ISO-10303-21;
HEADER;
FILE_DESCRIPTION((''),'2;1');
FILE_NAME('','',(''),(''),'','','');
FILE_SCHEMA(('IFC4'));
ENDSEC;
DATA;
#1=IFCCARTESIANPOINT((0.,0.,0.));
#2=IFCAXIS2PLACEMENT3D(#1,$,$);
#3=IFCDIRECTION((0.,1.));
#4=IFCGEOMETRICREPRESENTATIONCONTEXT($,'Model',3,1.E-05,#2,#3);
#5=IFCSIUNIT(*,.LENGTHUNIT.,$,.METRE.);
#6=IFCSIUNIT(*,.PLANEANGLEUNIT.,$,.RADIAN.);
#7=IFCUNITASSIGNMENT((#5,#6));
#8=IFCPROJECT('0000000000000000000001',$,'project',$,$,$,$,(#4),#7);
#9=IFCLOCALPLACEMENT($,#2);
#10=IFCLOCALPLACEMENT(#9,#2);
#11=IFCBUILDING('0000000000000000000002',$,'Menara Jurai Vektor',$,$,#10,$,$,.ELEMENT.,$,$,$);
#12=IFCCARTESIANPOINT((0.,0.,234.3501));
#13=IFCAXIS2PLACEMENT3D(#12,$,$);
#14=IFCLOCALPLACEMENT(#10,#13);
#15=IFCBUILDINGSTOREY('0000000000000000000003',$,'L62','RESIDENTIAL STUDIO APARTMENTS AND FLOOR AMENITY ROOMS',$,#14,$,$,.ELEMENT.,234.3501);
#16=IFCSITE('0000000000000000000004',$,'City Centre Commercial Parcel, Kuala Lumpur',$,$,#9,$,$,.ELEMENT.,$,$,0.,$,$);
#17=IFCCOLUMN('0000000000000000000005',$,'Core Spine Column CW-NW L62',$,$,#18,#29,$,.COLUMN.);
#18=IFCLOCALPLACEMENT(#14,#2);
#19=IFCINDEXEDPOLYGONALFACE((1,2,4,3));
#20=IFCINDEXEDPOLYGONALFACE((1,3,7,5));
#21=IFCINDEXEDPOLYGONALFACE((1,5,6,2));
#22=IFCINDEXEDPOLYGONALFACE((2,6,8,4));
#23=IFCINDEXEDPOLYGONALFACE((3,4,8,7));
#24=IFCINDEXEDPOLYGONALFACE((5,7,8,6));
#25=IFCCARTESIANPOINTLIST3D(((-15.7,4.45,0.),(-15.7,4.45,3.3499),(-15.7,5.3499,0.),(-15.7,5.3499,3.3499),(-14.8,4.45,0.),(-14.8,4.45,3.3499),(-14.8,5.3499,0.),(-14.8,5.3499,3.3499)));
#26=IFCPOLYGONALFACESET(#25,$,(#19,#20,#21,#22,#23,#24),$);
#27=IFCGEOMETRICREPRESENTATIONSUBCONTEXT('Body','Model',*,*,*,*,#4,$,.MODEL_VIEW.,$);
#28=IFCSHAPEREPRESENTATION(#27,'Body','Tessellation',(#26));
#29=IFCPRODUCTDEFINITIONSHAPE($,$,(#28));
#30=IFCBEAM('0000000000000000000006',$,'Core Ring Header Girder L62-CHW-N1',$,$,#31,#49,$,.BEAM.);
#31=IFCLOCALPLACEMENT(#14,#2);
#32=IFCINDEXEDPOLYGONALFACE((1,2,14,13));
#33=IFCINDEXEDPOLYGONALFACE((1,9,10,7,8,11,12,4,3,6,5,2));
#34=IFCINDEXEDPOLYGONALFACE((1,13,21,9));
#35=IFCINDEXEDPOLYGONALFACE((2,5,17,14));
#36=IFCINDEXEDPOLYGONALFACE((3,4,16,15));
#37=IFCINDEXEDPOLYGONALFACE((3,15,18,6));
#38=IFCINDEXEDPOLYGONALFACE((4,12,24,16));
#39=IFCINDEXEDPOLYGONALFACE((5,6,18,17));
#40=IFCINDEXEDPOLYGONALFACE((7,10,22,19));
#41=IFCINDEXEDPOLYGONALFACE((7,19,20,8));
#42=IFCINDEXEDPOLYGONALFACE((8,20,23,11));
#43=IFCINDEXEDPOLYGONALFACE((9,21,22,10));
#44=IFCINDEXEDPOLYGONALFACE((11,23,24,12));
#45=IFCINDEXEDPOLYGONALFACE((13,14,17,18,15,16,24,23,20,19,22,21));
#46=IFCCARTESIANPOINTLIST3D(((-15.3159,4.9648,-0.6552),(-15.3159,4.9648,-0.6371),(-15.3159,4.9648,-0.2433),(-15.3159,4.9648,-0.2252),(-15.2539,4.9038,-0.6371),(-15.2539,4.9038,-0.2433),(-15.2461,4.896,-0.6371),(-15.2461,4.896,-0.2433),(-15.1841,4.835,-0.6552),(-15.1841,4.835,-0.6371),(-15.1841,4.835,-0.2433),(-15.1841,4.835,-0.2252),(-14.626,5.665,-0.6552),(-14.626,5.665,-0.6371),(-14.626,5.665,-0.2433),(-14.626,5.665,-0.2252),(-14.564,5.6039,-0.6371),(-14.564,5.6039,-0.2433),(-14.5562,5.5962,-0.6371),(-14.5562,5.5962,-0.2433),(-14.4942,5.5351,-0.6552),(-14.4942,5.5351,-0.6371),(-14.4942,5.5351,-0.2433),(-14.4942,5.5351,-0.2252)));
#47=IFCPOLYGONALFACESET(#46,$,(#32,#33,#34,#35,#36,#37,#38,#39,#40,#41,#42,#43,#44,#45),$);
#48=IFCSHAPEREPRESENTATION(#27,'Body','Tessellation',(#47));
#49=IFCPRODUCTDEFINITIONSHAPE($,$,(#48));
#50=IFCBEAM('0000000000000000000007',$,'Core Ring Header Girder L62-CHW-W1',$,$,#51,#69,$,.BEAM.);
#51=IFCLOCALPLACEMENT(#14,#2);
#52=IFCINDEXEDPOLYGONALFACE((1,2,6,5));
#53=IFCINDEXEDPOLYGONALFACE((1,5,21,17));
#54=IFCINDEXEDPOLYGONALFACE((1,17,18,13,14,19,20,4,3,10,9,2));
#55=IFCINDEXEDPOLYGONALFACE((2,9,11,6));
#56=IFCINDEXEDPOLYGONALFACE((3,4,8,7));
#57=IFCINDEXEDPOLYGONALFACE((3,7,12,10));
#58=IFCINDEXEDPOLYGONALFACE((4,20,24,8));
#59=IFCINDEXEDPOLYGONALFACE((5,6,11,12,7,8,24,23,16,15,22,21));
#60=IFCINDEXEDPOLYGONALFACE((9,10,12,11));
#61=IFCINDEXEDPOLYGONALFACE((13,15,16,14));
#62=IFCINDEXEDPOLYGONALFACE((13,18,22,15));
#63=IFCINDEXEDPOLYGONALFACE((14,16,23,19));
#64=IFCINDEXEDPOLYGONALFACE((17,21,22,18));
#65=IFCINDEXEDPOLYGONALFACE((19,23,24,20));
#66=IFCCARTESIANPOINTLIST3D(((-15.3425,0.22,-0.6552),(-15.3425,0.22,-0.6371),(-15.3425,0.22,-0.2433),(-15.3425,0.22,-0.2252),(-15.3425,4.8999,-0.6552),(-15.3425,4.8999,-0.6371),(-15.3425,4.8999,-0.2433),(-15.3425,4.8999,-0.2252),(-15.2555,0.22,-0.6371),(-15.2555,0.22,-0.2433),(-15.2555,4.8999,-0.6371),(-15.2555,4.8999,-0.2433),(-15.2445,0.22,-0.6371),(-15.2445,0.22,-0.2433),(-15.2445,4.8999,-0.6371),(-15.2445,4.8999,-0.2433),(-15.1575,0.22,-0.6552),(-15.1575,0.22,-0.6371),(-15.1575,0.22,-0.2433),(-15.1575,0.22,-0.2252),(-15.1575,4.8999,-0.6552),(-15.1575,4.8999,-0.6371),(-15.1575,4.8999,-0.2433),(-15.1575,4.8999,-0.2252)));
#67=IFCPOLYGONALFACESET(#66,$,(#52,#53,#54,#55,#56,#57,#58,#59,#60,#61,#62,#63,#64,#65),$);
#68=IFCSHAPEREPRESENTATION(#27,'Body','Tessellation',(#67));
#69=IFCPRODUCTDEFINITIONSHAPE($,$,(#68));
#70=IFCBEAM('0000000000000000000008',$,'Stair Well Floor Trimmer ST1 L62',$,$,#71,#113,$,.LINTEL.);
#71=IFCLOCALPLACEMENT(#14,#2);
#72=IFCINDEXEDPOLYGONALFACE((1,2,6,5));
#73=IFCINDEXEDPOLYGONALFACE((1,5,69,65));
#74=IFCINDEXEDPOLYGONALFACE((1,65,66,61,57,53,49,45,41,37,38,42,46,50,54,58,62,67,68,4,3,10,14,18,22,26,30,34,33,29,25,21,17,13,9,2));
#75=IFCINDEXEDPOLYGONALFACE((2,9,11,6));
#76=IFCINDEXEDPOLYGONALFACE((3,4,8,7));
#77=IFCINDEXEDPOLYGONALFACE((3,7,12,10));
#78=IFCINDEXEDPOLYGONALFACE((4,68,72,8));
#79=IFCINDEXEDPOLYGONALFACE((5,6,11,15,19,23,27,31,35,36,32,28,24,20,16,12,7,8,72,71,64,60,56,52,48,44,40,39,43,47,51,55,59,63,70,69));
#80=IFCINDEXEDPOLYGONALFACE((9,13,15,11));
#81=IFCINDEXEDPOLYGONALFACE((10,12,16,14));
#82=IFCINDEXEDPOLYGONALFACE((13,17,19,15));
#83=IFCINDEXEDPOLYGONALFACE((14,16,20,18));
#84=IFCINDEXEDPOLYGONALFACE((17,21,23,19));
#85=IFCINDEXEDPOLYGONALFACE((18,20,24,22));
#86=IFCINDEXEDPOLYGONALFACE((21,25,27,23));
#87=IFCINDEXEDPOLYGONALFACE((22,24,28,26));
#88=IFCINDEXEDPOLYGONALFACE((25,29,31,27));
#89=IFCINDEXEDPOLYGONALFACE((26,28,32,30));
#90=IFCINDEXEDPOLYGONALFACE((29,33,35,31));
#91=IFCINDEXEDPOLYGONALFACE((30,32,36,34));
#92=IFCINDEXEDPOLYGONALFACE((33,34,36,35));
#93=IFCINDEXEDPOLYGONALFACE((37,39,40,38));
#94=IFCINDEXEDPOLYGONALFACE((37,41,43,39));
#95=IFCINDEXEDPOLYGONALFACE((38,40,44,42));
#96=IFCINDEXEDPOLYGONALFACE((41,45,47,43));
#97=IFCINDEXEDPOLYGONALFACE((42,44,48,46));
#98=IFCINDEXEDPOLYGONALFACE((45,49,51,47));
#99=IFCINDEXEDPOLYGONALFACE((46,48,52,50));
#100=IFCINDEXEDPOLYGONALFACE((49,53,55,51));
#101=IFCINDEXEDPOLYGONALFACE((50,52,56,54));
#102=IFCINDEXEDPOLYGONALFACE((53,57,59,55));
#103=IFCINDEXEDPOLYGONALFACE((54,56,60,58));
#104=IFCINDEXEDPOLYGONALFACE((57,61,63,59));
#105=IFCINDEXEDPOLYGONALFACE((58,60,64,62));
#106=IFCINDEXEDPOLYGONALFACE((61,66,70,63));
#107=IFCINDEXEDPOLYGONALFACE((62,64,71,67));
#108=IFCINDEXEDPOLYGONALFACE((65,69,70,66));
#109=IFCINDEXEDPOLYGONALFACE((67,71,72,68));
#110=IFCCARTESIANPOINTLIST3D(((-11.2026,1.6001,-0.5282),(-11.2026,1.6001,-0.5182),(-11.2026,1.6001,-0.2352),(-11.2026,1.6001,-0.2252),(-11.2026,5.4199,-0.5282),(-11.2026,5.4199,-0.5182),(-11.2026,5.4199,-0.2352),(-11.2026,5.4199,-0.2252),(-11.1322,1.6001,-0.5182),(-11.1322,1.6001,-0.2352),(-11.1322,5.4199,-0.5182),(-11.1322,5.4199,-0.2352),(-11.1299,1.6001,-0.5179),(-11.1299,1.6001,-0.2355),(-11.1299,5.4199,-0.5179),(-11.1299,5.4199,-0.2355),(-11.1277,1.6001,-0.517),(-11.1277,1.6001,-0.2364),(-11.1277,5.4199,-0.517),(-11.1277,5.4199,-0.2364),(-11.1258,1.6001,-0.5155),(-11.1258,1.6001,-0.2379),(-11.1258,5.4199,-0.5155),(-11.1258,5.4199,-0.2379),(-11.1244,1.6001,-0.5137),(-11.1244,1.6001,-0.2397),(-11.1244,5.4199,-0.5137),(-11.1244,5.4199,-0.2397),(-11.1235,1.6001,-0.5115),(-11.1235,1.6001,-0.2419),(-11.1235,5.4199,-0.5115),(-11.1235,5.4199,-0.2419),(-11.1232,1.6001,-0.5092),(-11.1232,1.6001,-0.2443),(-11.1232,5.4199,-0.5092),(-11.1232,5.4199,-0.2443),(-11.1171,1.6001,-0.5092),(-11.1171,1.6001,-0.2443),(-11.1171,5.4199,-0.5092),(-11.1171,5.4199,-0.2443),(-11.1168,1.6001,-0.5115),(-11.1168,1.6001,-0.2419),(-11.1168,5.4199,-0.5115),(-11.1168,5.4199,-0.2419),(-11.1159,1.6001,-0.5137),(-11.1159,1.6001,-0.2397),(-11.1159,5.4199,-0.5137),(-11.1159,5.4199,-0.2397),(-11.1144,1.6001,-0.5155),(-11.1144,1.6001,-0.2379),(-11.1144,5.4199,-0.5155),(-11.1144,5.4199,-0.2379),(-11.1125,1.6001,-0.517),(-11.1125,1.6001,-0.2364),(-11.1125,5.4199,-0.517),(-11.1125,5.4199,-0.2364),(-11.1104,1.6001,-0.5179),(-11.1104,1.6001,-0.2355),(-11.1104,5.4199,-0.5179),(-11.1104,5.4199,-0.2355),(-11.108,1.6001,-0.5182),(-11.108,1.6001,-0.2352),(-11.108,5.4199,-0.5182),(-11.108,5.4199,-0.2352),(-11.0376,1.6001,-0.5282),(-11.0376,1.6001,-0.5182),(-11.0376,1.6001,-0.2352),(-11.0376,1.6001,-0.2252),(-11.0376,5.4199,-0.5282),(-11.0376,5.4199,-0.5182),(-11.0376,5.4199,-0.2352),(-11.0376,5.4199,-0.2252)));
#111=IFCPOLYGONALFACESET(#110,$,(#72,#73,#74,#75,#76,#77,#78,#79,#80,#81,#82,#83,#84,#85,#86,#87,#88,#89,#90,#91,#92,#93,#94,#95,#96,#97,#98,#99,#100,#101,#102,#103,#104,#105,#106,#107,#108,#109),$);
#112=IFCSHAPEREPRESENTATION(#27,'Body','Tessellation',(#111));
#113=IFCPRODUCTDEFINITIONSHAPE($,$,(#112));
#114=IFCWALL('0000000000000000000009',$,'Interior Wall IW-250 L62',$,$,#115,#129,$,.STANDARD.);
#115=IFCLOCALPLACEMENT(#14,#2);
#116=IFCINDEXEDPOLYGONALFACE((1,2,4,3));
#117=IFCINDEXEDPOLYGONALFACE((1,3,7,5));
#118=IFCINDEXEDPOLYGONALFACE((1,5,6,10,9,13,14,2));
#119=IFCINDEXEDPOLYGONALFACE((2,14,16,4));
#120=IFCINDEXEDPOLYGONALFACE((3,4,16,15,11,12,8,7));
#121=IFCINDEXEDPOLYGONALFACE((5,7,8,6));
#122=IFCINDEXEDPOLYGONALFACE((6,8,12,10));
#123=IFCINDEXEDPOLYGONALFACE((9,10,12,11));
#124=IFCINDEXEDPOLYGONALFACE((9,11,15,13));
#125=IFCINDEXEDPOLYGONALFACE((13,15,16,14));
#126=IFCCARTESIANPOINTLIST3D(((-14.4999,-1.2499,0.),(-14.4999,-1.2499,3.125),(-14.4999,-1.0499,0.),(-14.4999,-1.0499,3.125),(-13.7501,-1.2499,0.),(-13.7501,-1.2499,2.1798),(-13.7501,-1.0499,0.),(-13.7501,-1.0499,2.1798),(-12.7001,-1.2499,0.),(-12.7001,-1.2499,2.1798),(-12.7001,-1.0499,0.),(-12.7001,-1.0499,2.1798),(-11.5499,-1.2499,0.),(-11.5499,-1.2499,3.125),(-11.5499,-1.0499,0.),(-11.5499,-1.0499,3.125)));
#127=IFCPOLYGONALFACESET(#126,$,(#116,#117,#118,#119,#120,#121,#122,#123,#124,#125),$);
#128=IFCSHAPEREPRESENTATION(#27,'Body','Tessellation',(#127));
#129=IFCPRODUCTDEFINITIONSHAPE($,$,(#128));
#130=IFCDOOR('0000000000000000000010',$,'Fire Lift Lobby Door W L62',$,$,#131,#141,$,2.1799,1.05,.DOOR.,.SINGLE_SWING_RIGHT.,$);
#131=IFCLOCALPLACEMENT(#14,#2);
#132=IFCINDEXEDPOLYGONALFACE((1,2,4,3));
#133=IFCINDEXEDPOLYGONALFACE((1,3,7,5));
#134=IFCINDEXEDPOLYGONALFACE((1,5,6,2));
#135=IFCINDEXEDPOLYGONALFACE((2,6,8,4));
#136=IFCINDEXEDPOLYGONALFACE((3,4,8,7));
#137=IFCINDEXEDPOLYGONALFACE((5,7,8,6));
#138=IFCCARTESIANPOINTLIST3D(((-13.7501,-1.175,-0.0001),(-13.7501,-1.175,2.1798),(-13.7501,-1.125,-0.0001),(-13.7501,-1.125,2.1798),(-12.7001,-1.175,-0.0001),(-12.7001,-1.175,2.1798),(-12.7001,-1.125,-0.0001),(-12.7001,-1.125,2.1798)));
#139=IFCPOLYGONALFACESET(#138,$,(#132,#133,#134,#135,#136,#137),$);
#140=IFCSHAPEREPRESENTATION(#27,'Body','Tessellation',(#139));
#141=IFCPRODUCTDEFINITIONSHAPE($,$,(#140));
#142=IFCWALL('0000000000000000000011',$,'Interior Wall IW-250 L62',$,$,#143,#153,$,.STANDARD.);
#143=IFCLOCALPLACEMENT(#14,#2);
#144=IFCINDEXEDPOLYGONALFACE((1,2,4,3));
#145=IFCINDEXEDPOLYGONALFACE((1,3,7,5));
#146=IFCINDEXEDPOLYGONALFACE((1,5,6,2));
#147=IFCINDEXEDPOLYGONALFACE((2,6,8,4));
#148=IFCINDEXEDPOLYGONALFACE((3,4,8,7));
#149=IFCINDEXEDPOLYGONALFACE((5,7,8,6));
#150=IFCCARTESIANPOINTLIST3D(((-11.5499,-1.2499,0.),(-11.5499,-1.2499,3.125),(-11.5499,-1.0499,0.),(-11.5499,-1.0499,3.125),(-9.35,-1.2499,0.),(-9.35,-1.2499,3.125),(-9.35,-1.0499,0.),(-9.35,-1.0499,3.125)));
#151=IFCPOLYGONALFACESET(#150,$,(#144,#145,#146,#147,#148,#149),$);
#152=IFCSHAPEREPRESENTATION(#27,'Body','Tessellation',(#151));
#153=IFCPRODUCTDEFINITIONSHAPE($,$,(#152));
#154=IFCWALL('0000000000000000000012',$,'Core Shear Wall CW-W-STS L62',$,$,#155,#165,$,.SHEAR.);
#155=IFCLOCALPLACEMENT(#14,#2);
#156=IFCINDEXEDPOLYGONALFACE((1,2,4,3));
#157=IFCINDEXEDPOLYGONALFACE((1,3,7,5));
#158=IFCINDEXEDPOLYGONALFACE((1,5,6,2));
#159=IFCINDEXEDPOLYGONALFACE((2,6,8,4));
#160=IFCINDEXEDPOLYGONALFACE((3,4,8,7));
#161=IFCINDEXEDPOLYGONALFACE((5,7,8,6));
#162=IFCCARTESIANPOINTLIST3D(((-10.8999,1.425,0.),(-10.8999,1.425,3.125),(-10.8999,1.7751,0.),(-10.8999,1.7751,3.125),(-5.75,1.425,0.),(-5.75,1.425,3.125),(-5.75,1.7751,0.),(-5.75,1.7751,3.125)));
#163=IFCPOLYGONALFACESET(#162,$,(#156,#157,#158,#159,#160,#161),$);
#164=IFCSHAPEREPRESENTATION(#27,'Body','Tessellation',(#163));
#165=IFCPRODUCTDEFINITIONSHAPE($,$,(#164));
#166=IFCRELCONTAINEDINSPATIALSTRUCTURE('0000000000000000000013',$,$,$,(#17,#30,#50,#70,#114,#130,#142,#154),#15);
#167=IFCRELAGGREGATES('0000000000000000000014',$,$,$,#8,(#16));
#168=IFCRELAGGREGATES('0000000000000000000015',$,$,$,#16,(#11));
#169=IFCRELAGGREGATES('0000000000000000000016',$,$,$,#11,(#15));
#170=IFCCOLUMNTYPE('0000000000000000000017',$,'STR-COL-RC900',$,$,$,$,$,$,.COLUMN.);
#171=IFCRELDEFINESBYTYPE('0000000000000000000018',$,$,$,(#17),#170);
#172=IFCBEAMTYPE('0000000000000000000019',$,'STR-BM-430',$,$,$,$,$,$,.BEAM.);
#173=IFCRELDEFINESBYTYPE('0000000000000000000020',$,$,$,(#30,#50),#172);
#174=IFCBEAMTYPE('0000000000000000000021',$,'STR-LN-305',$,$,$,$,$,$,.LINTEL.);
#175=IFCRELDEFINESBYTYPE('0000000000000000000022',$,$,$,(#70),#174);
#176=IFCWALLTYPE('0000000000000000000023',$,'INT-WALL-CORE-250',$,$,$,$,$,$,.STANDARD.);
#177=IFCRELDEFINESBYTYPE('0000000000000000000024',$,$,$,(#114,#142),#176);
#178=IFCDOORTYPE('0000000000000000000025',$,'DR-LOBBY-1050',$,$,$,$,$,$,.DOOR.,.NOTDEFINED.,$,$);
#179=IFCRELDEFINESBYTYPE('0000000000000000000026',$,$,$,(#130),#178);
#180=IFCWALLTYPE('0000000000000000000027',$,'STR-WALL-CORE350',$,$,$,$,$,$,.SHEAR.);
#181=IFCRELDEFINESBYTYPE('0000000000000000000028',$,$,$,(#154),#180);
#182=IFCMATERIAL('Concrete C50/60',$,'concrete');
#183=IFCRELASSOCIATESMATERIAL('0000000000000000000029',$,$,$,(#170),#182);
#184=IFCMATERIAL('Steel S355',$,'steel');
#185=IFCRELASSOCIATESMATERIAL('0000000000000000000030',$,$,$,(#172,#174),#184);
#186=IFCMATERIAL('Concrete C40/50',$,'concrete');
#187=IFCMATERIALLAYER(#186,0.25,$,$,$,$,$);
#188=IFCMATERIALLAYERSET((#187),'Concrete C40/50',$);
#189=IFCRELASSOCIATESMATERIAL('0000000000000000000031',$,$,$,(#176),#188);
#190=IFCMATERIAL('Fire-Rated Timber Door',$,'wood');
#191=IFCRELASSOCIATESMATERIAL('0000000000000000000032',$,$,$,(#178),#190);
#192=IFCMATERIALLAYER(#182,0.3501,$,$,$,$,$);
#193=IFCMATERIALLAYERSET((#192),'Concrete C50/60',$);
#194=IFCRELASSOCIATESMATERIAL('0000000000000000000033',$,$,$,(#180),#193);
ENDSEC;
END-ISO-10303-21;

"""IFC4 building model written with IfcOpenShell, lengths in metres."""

from ifc_helpers import new_model, si_unit, direction, frame, frame_2d, origin, origin_2d, place, context, subcontext, project, spatial, rectangle, i_section, extrude, material, layer, layer_set, material_profile, profile_set, type_object, element, fill, save


model = new_model("IFC4")

# Units and contexts
model_context = context("Model", 3, precision=1e-05, world=origin(), true_north=direction((0.0, 1.0)))
body_context = subcontext(model_context, "Body", "Model", "MODEL_VIEW")
ifc_project = project(units=[si_unit("LENGTHUNIT", "METRE"), si_unit("PLANEANGLEUNIT", "RADIAN")], contexts=[model_context])

# Site, building, storey
site_placement = place(None, origin())
site = spatial("IfcSite", under=ifc_project, at=site_placement, Name="City Centre Commercial Parcel, Kuala Lumpur", CompositionType="ELEMENT", RefElevation=0.0)
building_placement = place(site_placement, origin())
building = spatial("IfcBuilding", under=site, at=building_placement, Name="Menara Jurai Vektor", CompositionType="ELEMENT")
storey_placement = place(building_placement, frame((0.0, 0.0, 234.3501)))
storey = spatial("IfcBuildingStorey", under=building, at=storey_placement, Name="L62", Description="RESIDENTIAL STUDIO APARTMENTS AND FLOOR AMENITY ROOMS", CompositionType="ELEMENT", Elevation=234.3501)

# Column
ifc_material_1 = material(Name="Concrete C50/60", Category="concrete")
ifc_material_profile_1 = material_profile(ifc_material_1, rectangle(XDim=0.8999, YDim=0.8999, at=origin_2d()), Name="RC 900x900")
ifc_profile_set_1 = profile_set([ifc_material_profile_1], Name="Concrete C50/60")
column_type = type_object("IfcColumnType", Name="STR-COL-RC900", PredefinedType="COLUMN", material=ifc_profile_set_1)
column_placement = place(storey_placement, frame((-15.25, 4.8999, 0.0), z_axis=(0.0, 0.0, 1.0), x_axis=(1.0, 0.0, 0.0)))
element("IfcColumn", 1, at=column_placement, inside=storey, type_object=column_type, Name="Core Spine Column CW-NW L62", PredefinedType="COLUMN", context=body_context, shape_type="SweptSolid", body=[
    extrude(rectangle(XDim=0.8999, YDim=0.8999, at=origin_2d()), origin(), (0.0, 0.0, 1.0), 3.3499),
])

# Beams
ifc_material_2 = material(Name="Steel S355", Category="steel")
ifc_material_profile_2 = material_profile(ifc_material_2, i_section(OverallWidth=0.1851, OverallDepth=0.4299, WebThickness=0.011, FlangeThickness=0.0181, at=origin_2d()), Name="PG 430x185x76")
ifc_profile_set_2 = profile_set([ifc_material_profile_2], Name="Steel S355")
beam_type_1 = type_object("IfcBeamType", Name="STR-BM-430", PredefinedType="BEAM", material=ifc_profile_set_2)
beam_1_placement = place(storey_placement, frame((-15.25, 4.8999, -0.4402), z_axis=(0.701872, 0.712303, 0.0), x_axis=(-0.712303, 0.701872, 0.0)))
element("IfcBeam", 2, at=beam_1_placement, inside=storey, type_object=beam_type_1, Name="Core Ring Header Girder L62-CHW-N1", PredefinedType="BEAM", context=body_context, shape_type="SweptSolid", body=[
    extrude(i_section(OverallWidth=0.1851, OverallDepth=0.4299, WebThickness=0.011, FlangeThickness=0.0181, at=origin_2d()), origin(), (0.0, 0.0, 1.0), 0.9829),
])
beam_2_placement = place(storey_placement, frame((-15.25, 0.22, -0.4402), z_axis=(0.0, 1.0, 0.0), x_axis=(-1.0, 0.0, 0.0)))
element("IfcBeam", 3, at=beam_2_placement, inside=storey, type_object=beam_type_1, Name="Core Ring Header Girder L62-CHW-W1", PredefinedType="BEAM", context=body_context, shape_type="SweptSolid", body=[
    extrude(i_section(OverallWidth=0.1851, OverallDepth=0.4299, WebThickness=0.011, FlangeThickness=0.0181, at=origin_2d()), origin(), (0.0, 0.0, 1.0), 4.6799),
])
ifc_material_profile_3 = material_profile(ifc_material_2, i_section(OverallWidth=0.165, OverallDepth=0.303, WebThickness=0.0061, FlangeThickness=0.01, FilletRadius=0.009, at=origin_2d()), Name="UKB 305x165x40")
ifc_profile_set_3 = profile_set([ifc_material_profile_3], Name="Steel S355")
beam_type_2 = type_object("IfcBeamType", Name="STR-LN-305", PredefinedType="LINTEL", material=ifc_profile_set_3)
beam_3_placement = place(storey_placement, frame((-11.1201, 1.6001, -0.3767), z_axis=(0.0, 1.0, 0.0), x_axis=(-1.0, 0.0, 0.0)))
element("IfcBeam", 4, at=beam_3_placement, inside=storey, type_object=beam_type_2, Name="Stair Well Floor Trimmer ST1 L62", PredefinedType="LINTEL", context=body_context, shape_type="SweptSolid", body=[
    extrude(i_section(OverallWidth=0.165, OverallDepth=0.303, WebThickness=0.0061, FlangeThickness=0.01, FilletRadius=0.009, at=origin_2d()), origin(), (0.0, 0.0, 1.0), 3.8198),
])

# Wall, opening, door
ifc_material_3 = material(Name="Concrete C40/50", Category="concrete")
ifc_layer_1 = layer(ifc_material_3, 0.25)
ifc_layer_set_1 = layer_set([ifc_layer_1], Name="Concrete C40/50")
wall_type_1 = type_object("IfcWallType", Name="INT-WALL-CORE-250", PredefinedType="STANDARD", material=ifc_layer_set_1)
wall_1_placement = place(storey_placement, frame((-14.5, -1.1499, 0.0), z_axis=(0.0, 0.0, 1.0), x_axis=(1.0, 0.0, 0.0)))
wall_1 = element("IfcWall", 5, at=wall_1_placement, inside=storey, type_object=wall_type_1, Name="Interior Wall IW-250 L62", PredefinedType="STANDARD", context=body_context, shape_type="SweptSolid", body=[
    extrude(rectangle(XDim=2.95, YDim=0.2, at=frame_2d((1.4751, 0.0))), origin(), (0.0, 0.0, 1.0), 3.125),
])
opening_1_placement = place(wall_1_placement, frame((0.75, 0.0, 0.0)))
opening_1 = element("IfcOpeningElement", 6, at=opening_1_placement, cuts=wall_1, PredefinedType="OPENING", context=body_context, shape_type="SweptSolid", body=[
    extrude(rectangle(XDim=1.05, YDim=2.1799, at=frame_2d((0.5249, 1.0898))), frame((0.0, 0.1099, 0.0), z_axis=(0.0, -1.0, 0.0), x_axis=(1.0, 0.0, 0.0)), (0.0, 0.0, 1.0), 0.22),
])
ifc_material_4 = material(Name="Fire-Rated Timber Door", Category="wood")
door_type_1 = type_object("IfcDoorType", Name="DR-LOBBY-1050", OperationType="NOTDEFINED", PredefinedType="DOOR", material=ifc_material_4)
door_1_placement = place(opening_1_placement, origin())
door_1 = element("IfcDoor", 7, at=door_1_placement, inside=storey, type_object=door_type_1, Name="Fire Lift Lobby Door W L62", OperationType="SINGLE_SWING_RIGHT", OverallHeight=2.1799, OverallWidth=1.05, PredefinedType="DOOR", context=body_context, shape_type="SweptSolid", body=[
    extrude(rectangle(XDim=1.05, YDim=2.1799, at=frame_2d((0.5249, 1.0898))), frame((0.0, 0.0249, 0.0), z_axis=(0.0, -1.0, 0.0), x_axis=(1.0, 0.0, 0.0)), (0.0, 0.0, 1.0), 0.05),
])
fill(opening_1, door_1)

# Wall
wall_2_placement = place(storey_placement, frame((-11.55, -1.1499, 0.0), z_axis=(0.0, 0.0, 1.0), x_axis=(1.0, 0.0, 0.0)))
element("IfcWall", 8, at=wall_2_placement, inside=storey, type_object=wall_type_1, Name="Interior Wall IW-250 L62", PredefinedType="STANDARD", context=body_context, shape_type="SweptSolid", body=[
    extrude(rectangle(XDim=2.2, YDim=0.2, at=frame_2d((1.1001, 0.0))), origin(), (0.0, 0.0, 1.0), 3.125),
])

# Wall
ifc_layer_2 = layer(ifc_material_1, 0.3501)
ifc_layer_set_2 = layer_set([ifc_layer_2], Name="Concrete C50/60")
wall_type_2 = type_object("IfcWallType", Name="STR-WALL-CORE350", PredefinedType="SHEAR", material=ifc_layer_set_2)
wall_3_placement = place(storey_placement, frame((-10.8999, 1.6001, 0.0), z_axis=(0.0, 0.0, 1.0), x_axis=(1.0, 0.0, 0.0)))
element("IfcWall", 9, at=wall_3_placement, inside=storey, type_object=wall_type_2, Name="Core Shear Wall CW-W-STS L62", PredefinedType="SHEAR", context=body_context, shape_type="SweptSolid", body=[
    extrude(rectangle(XDim=5.1499, YDim=0.3501, at=frame_2d((2.575, 0.0))), origin(), (0.0, 0.0, 1.0), 3.125),
])

save(model, "model.ifc")
